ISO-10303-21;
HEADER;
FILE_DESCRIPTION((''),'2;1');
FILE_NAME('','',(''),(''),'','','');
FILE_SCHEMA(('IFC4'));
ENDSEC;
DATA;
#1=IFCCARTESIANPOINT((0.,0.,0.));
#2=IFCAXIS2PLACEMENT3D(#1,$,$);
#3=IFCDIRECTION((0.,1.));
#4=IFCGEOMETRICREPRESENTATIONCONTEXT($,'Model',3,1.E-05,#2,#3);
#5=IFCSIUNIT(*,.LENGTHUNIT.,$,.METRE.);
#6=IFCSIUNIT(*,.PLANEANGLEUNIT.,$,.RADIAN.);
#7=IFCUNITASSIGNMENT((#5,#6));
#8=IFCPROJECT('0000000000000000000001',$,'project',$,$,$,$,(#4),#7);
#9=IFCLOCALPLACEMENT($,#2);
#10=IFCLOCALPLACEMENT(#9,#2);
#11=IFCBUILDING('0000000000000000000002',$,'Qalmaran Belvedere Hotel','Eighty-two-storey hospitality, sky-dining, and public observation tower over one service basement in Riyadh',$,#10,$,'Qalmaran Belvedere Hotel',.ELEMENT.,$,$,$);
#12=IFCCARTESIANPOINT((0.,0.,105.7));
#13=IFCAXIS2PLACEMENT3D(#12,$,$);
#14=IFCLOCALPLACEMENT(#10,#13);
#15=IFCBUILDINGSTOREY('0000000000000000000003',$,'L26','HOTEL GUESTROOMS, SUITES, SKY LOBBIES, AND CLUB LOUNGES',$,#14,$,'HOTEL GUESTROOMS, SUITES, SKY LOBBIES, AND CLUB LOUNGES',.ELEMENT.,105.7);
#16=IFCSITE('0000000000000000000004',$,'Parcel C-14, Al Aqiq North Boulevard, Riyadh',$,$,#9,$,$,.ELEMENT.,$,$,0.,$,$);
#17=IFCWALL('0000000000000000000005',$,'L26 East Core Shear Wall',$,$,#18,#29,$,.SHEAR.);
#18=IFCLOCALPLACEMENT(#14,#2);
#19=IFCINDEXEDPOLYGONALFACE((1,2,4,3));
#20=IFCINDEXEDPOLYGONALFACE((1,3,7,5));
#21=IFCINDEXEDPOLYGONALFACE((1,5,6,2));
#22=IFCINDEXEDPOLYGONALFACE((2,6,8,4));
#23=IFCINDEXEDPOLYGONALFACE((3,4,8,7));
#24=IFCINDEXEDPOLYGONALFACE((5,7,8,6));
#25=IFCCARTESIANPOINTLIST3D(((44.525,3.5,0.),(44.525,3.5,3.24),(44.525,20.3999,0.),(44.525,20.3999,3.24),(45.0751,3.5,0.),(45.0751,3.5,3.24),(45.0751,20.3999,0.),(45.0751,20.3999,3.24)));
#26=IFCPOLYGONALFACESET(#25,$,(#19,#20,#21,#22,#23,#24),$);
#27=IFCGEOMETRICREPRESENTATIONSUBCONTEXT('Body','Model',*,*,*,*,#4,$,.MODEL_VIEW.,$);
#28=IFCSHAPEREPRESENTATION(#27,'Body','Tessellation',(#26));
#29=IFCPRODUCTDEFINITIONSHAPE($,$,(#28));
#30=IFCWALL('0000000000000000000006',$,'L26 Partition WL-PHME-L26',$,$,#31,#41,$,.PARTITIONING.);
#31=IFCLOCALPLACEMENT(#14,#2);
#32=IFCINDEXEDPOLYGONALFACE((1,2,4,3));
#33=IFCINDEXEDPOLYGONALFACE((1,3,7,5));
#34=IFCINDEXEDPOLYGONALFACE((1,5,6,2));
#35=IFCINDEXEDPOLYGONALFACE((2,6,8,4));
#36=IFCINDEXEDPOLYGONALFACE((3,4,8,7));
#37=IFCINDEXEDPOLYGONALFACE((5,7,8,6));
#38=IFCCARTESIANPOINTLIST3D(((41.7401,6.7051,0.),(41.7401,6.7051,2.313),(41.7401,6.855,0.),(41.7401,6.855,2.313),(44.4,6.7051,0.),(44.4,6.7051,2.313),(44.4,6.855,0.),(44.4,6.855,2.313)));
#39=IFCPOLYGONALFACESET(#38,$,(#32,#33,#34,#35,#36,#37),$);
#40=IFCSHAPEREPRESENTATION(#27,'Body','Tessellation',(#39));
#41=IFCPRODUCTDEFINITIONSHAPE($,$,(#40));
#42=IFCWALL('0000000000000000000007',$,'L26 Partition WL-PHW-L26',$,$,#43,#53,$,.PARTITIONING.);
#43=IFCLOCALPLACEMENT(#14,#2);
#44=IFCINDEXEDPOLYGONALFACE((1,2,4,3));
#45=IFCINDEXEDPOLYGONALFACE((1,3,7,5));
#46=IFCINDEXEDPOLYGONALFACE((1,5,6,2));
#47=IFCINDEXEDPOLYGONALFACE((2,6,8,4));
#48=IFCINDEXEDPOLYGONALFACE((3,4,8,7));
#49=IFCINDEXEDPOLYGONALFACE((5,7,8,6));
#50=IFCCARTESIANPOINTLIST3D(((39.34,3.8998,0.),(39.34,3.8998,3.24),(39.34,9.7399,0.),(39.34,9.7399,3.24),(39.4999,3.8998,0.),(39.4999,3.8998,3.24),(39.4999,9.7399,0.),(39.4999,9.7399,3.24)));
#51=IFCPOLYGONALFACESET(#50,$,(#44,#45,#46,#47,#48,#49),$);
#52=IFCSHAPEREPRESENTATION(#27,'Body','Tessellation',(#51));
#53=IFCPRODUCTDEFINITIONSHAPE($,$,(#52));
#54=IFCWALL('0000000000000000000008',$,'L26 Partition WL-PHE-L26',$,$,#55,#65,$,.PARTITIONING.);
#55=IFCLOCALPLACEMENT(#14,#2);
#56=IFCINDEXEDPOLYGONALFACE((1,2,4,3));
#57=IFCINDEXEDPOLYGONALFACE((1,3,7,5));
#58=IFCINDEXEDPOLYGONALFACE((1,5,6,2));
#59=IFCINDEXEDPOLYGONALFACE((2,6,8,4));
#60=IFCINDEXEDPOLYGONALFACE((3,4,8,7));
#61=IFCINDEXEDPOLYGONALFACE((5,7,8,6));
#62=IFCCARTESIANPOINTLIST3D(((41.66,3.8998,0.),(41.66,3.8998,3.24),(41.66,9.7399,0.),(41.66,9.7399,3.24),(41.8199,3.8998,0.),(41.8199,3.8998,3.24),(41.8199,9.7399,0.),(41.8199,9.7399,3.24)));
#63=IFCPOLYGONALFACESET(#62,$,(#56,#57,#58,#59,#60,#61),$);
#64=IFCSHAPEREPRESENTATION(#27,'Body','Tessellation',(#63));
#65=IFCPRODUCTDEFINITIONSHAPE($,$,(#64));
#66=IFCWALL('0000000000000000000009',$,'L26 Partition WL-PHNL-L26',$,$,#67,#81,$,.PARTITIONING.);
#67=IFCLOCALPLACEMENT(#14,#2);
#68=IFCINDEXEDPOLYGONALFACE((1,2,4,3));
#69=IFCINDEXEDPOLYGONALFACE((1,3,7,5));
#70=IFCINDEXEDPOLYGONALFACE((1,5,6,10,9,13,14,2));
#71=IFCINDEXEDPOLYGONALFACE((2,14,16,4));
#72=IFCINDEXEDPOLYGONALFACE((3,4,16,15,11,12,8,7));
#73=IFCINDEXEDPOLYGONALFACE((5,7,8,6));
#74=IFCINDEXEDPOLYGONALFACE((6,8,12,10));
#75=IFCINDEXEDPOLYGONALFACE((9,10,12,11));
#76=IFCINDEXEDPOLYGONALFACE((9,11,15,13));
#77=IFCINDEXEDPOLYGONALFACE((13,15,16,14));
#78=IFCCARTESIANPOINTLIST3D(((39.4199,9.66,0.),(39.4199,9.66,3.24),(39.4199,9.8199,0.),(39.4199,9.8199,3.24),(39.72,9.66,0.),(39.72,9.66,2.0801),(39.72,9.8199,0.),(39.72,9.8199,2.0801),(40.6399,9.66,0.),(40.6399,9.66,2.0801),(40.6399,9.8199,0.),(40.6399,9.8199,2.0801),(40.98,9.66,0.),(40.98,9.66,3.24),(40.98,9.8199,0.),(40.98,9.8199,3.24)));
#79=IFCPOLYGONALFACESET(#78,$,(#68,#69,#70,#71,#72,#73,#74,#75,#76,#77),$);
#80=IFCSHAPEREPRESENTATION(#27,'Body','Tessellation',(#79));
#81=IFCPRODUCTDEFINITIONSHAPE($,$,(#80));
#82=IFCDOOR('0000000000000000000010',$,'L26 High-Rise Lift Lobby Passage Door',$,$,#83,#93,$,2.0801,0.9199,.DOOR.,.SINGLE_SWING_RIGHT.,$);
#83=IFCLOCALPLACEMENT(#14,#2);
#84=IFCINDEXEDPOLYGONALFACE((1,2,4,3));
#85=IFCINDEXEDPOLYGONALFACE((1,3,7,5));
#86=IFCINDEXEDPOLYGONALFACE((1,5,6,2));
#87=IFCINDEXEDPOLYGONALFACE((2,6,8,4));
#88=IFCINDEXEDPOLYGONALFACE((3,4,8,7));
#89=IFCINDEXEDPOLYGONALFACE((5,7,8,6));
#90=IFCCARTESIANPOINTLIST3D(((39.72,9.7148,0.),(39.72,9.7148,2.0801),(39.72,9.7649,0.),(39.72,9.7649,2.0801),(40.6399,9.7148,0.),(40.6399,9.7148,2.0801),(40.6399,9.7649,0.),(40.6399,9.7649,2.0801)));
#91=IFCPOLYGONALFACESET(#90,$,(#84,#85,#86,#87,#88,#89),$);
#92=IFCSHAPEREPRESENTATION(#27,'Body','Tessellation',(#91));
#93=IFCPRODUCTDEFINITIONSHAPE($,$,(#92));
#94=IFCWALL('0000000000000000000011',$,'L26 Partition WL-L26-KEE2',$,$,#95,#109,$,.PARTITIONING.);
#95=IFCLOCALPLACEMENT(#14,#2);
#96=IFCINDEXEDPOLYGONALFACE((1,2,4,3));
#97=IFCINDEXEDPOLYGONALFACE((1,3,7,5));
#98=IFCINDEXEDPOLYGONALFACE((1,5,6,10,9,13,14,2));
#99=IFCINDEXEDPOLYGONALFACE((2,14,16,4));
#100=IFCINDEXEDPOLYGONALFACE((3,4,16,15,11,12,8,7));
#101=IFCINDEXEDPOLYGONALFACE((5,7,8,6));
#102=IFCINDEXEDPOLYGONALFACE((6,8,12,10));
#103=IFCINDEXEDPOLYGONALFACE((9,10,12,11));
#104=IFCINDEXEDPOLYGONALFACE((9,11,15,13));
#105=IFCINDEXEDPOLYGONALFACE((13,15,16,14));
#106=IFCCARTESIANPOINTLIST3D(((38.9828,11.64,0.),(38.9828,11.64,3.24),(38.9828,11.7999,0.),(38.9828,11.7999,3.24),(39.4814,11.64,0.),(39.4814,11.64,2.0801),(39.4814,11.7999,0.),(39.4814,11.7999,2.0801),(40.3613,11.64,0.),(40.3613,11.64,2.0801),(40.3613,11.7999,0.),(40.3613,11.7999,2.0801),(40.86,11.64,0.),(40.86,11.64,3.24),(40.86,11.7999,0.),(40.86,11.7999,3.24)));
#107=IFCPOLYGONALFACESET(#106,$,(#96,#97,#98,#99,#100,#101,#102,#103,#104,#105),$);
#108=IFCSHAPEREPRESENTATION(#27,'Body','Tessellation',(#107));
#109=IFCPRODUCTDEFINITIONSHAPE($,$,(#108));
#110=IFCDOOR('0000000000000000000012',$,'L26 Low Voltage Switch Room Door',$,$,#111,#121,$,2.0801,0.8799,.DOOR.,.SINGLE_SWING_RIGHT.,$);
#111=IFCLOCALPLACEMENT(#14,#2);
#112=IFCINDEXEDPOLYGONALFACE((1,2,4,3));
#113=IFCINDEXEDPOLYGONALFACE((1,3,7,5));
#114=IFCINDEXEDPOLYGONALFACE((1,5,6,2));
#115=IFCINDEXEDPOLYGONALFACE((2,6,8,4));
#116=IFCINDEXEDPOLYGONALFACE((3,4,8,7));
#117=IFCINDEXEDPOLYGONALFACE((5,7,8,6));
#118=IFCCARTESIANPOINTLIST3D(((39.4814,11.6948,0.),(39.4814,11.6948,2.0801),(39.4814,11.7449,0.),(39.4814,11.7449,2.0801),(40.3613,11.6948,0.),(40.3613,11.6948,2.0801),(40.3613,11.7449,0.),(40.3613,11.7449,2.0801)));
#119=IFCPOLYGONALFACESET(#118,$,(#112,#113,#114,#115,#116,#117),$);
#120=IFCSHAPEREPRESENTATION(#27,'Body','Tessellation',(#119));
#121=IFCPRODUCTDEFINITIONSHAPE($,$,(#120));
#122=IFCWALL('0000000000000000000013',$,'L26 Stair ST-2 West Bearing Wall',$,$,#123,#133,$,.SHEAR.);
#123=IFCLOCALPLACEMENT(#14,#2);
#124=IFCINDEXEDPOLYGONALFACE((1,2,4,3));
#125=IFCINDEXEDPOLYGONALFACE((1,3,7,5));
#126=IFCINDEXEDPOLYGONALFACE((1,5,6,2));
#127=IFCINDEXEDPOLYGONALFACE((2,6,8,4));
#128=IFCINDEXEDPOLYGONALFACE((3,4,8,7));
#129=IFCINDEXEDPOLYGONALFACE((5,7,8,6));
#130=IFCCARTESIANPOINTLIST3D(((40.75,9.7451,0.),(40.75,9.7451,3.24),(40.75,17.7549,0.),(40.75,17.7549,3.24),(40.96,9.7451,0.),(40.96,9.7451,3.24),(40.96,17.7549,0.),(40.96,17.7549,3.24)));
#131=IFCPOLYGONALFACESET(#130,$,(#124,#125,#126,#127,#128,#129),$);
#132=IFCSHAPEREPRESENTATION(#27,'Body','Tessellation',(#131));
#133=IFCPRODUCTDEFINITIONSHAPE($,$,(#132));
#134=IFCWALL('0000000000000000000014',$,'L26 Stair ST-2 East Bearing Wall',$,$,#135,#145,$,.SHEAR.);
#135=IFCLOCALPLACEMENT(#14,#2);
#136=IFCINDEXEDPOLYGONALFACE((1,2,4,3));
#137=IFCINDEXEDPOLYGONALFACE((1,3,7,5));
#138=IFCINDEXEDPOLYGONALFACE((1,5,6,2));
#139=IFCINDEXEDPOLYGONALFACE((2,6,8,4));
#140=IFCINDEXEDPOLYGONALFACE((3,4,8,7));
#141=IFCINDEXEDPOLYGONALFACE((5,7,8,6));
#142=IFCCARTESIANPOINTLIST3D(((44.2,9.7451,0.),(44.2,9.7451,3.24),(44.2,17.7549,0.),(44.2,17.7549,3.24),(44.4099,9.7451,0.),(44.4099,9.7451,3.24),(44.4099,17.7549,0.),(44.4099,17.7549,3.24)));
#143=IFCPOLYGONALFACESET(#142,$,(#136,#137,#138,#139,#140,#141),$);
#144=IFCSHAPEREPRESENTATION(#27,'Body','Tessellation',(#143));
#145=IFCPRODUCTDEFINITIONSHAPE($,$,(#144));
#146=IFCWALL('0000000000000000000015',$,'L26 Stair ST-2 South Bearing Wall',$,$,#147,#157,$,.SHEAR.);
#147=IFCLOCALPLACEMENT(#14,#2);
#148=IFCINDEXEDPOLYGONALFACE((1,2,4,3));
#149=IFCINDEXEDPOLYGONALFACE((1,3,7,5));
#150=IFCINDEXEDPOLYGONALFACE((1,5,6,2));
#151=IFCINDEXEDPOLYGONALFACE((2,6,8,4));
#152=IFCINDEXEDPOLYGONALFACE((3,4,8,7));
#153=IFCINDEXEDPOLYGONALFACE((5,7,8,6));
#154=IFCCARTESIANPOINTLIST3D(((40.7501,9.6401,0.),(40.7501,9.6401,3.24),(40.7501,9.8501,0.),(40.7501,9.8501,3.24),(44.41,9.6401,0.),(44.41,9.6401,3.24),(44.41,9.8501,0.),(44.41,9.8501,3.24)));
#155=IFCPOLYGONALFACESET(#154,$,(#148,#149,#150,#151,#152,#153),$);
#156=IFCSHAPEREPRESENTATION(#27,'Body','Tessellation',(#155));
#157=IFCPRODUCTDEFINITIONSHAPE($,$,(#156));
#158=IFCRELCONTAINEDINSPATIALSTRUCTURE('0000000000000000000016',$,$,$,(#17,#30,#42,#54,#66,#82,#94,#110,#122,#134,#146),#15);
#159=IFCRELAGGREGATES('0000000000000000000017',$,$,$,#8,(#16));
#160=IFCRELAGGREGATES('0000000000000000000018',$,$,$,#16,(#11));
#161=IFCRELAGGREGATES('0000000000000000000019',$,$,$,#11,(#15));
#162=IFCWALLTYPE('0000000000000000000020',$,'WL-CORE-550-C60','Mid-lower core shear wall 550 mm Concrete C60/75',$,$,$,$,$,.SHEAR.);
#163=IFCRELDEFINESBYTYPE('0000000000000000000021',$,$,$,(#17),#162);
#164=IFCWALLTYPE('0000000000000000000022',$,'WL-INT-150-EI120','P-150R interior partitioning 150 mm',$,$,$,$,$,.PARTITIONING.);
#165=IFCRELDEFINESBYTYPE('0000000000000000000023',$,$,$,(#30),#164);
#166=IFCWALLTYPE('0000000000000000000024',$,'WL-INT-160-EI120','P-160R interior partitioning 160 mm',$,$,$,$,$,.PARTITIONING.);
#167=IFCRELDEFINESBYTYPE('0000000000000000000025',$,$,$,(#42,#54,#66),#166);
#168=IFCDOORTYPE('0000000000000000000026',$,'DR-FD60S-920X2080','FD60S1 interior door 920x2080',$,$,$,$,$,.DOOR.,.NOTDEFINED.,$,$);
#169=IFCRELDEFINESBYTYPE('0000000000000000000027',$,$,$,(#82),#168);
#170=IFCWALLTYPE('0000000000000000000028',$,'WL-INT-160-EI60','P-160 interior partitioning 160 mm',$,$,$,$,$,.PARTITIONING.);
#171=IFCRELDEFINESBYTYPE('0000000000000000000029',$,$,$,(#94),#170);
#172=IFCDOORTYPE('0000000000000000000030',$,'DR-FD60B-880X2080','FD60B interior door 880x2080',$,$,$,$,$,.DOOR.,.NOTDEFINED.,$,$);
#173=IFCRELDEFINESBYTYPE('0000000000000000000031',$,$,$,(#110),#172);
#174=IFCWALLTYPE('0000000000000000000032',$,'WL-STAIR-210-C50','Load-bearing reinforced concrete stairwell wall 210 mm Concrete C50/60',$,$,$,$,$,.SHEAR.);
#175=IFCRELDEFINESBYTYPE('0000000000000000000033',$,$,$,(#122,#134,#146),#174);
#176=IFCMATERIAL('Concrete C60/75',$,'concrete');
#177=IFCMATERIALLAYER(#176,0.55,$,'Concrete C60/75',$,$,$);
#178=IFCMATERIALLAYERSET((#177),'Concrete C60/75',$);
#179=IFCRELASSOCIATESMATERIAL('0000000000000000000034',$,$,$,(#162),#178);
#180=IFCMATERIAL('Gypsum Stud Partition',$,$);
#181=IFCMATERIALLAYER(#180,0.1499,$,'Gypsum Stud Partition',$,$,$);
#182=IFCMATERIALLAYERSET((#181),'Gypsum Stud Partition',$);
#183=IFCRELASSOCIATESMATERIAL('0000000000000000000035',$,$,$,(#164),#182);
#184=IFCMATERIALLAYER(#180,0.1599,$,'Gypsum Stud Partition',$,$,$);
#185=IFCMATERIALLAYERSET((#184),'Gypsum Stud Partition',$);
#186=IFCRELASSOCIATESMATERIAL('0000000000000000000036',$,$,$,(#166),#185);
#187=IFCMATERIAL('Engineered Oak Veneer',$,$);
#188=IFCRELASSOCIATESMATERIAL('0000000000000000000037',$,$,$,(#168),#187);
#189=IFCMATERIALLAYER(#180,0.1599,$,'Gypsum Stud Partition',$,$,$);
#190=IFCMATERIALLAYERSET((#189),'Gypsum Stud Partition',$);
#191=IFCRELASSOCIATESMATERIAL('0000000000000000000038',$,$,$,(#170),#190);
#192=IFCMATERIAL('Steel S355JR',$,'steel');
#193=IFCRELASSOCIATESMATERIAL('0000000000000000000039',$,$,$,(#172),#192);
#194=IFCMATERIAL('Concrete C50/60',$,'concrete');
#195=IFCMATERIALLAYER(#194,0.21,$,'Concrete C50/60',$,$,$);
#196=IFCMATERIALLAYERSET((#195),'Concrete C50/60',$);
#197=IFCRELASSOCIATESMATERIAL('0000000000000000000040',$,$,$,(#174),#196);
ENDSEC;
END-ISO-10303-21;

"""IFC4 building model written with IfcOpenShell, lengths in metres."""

from ifc_helpers import new_model, si_unit, direction, frame, frame_2d, origin, place, context, subcontext, project, spatial, rectangle, extrude, material, layer, layer_set, type_object, element, fill, save


model = new_model("IFC4")

# Units and contexts
model_context = context("Model", 3, precision=1e-05, world=origin(), true_north=direction((0.0, 1.0)))
body_context = subcontext(model_context, "Body", "Model", "MODEL_VIEW")
ifc_project = project(units=[si_unit("LENGTHUNIT", "METRE"), si_unit("PLANEANGLEUNIT", "RADIAN")], contexts=[model_context])

# Site, building, storey
site_placement = place(None, origin())
site = spatial("IfcSite", under=ifc_project, at=site_placement, Name="Parcel C-14, Al Aqiq North Boulevard, Riyadh", CompositionType="ELEMENT", RefElevation=0.0)
building_placement = place(site_placement, origin())
building = spatial("IfcBuilding", under=site, at=building_placement, Name="Qalmaran Belvedere Hotel", Description="Eighty-two-storey hospitality, sky-dining, and public observation tower over one service basement in Riyadh", LongName="Qalmaran Belvedere Hotel", CompositionType="ELEMENT")
storey_placement = place(building_placement, frame((0.0, 0.0, 105.7)))
storey = spatial("IfcBuildingStorey", under=building, at=storey_placement, Name="L26", Description="HOTEL GUESTROOMS, SUITES, SKY LOBBIES, AND CLUB LOUNGES", LongName="HOTEL GUESTROOMS, SUITES, SKY LOBBIES, AND CLUB LOUNGES", CompositionType="ELEMENT", Elevation=105.7)

# Walls
ifc_material_1 = material(Name="Concrete C60/75", Category="concrete")
ifc_layer_1 = layer(ifc_material_1, 0.55, Name="Concrete C60/75")
ifc_layer_set_1 = layer_set([ifc_layer_1], Name="Concrete C60/75")
wall_type_1 = type_object("IfcWallType", Name="WL-CORE-550-C60", Description="Mid-lower core shear wall 550 mm Concrete C60/75", PredefinedType="SHEAR", material=ifc_layer_set_1)
wall_1_placement = place(storey_placement, frame((44.8, 3.5, 0.0), z_axis=(0.0, 0.0, 1.0), x_axis=(0.0, 1.0, 0.0)))
element("IfcWall", 1, at=wall_1_placement, inside=storey, type_object=wall_type_1, Name="L26 East Core Shear Wall", PredefinedType="SHEAR", context=body_context, shape_type="SweptSolid", body=[
    extrude(rectangle(XDim=16.8999, YDim=0.55, at=frame_2d((8.45, 0.0))), origin(), (0.0, 0.0, 1.0), 3.24),
])
ifc_material_2 = material(Name="Gypsum Stud Partition")
ifc_layer_2 = layer(ifc_material_2, 0.1499, Name="Gypsum Stud Partition")
ifc_layer_set_2 = layer_set([ifc_layer_2], Name="Gypsum Stud Partition")
wall_type_2 = type_object("IfcWallType", Name="WL-INT-150-EI120", Description="P-150R interior partitioning 150 mm", PredefinedType="PARTITIONING", material=ifc_layer_set_2)
wall_2_placement = place(storey_placement, frame((41.74, 6.78, 0.0), z_axis=(0.0, 0.0, 1.0), x_axis=(1.0, 0.0, 0.0)))
element("IfcWall", 2, at=wall_2_placement, inside=storey, type_object=wall_type_2, Name="L26 Partition WL-PHME-L26", PredefinedType="PARTITIONING", context=body_context, shape_type="SweptSolid", body=[
    extrude(rectangle(XDim=2.6599, YDim=0.1499, at=frame_2d((1.3301, 0.0))), origin(), (0.0, 0.0, 1.0), 2.313),
])
ifc_layer_3 = layer(ifc_material_2, 0.1599, Name="Gypsum Stud Partition")
ifc_layer_set_3 = layer_set([ifc_layer_3], Name="Gypsum Stud Partition")
wall_type_3 = type_object("IfcWallType", Name="WL-INT-160-EI120", Description="P-160R interior partitioning 160 mm", PredefinedType="PARTITIONING", material=ifc_layer_set_3)
for number, where, z_axis, x_axis, name in (
    (3, (39.4199, 3.8999, 0.0), (0.0, 0.0, 1.0), (0.0, 1.0, 0.0), "L26 Partition WL-PHW-L26"),
    (4, (41.74, 3.8999, 0.0), (0.0, 0.0, 1.0), (0.0, 1.0, 0.0), "L26 Partition WL-PHE-L26"),
):
    element("IfcWall", number, at=place(storey_placement, frame(where, z_axis=z_axis, x_axis=x_axis)), inside=storey, type_object=wall_type_3, Name=name, PredefinedType="PARTITIONING", context=body_context, shape_type="SweptSolid", body=[
        extrude(rectangle(XDim=5.8401, YDim=0.1599, at=frame_2d((2.9199, 0.0))), origin(), (0.0, 0.0, 1.0), 3.24),
    ])

# Walls, openings, doors
wall_3_placement = place(storey_placement, frame((39.4199, 9.74, 0.0), z_axis=(0.0, 0.0, 1.0), x_axis=(1.0, 0.0, 0.0)))
wall_3 = element("IfcWall", 5, at=wall_3_placement, inside=storey, type_object=wall_type_3, Name="L26 Partition WL-PHNL-L26", PredefinedType="PARTITIONING", context=body_context, shape_type="SweptSolid", body=[
    extrude(rectangle(XDim=1.5601, YDim=0.1599, at=frame_2d((0.78, 0.0))), origin(), (0.0, 0.0, 1.0), 3.24),
])
opening_1_placement = place(wall_3_placement, frame((0.3, 0.0, 0.0)))
opening_1 = element("IfcOpeningElement", 6, at=opening_1_placement, cuts=wall_3, PredefinedType="OPENING", context=body_context, shape_type="SweptSolid", body=[
    extrude(rectangle(XDim=0.9199, YDim=2.0801, at=frame_2d((0.46, 1.04))), frame((0.0, 0.0898, 0.0), z_axis=(0.0, -1.0, 0.0), x_axis=(1.0, 0.0, 0.0)), (0.0, 0.0, 1.0), 0.1799),
])
ifc_material_3 = material(Name="Engineered Oak Veneer")
door_type_1 = type_object("IfcDoorType", Name="DR-FD60S-920X2080", Description="FD60S1 interior door 920x2080", OperationType="NOTDEFINED", PredefinedType="DOOR", material=ifc_material_3)
door_1_placement = place(opening_1_placement, origin())
door_1 = element("IfcDoor", 7, at=door_1_placement, inside=storey, type_object=door_type_1, Name="L26 High-Rise Lift Lobby Passage Door", OperationType="SINGLE_SWING_RIGHT", OverallHeight=2.0801, OverallWidth=0.9199, PredefinedType="DOOR", context=body_context, shape_type="SweptSolid", body=[
    extrude(rectangle(XDim=0.9199, YDim=2.0801, at=frame_2d((0.46, 1.04))), frame((0.0, 0.0249, 0.0), z_axis=(0.0, -1.0, 0.0), x_axis=(1.0, 0.0, 0.0)), (0.0, 0.0, 1.0), 0.05),
])
fill(opening_1, door_1)
ifc_layer_4 = layer(ifc_material_2, 0.1599, Name="Gypsum Stud Partition")
ifc_layer_set_4 = layer_set([ifc_layer_4], Name="Gypsum Stud Partition")
wall_type_4 = type_object("IfcWallType", Name="WL-INT-160-EI60", Description="P-160 interior partitioning 160 mm", PredefinedType="PARTITIONING", material=ifc_layer_set_4)
wall_4_placement = place(storey_placement, frame((38.9829, 11.72, 0.0), z_axis=(0.0, 0.0, 1.0), x_axis=(1.0, 0.0, 0.0)))
wall_4 = element("IfcWall", 8, at=wall_4_placement, inside=storey, type_object=wall_type_4, Name="L26 Partition WL-L26-KEE2", PredefinedType="PARTITIONING", context=body_context, shape_type="SweptSolid", body=[
    extrude(rectangle(XDim=1.8772, YDim=0.1599, at=frame_2d((0.9385, 0.0))), origin(), (0.0, 0.0, 1.0), 3.24),
])
opening_2_placement = place(wall_4_placement, frame((0.4985, 0.0, 0.0)))
opening_2 = element("IfcOpeningElement", 9, at=opening_2_placement, cuts=wall_4, PredefinedType="OPENING", context=body_context, shape_type="SweptSolid", body=[
    extrude(rectangle(XDim=0.8799, YDim=2.0801, at=frame_2d((0.4399, 1.04))), frame((0.0, 0.0898, 0.0), z_axis=(0.0, -1.0, 0.0), x_axis=(1.0, 0.0, 0.0)), (0.0, 0.0, 1.0), 0.1799),
])
ifc_material_4 = material(Name="Steel S355JR", Category="steel")
door_type_2 = type_object("IfcDoorType", Name="DR-FD60B-880X2080", Description="FD60B interior door 880x2080", OperationType="NOTDEFINED", PredefinedType="DOOR", material=ifc_material_4)
door_2_placement = place(opening_2_placement, origin())
door_2 = element("IfcDoor", 10, at=door_2_placement, inside=storey, type_object=door_type_2, Name="L26 Low Voltage Switch Room Door", OperationType="SINGLE_SWING_RIGHT", OverallHeight=2.0801, OverallWidth=0.8799, PredefinedType="DOOR", context=body_context, shape_type="SweptSolid", body=[
    extrude(rectangle(XDim=0.8799, YDim=2.0801, at=frame_2d((0.4399, 1.04))), frame((0.0, 0.0249, 0.0), z_axis=(0.0, -1.0, 0.0), x_axis=(1.0, 0.0, 0.0)), (0.0, 0.0, 1.0), 0.05),
])
fill(opening_2, door_2)

# Walls
ifc_material_5 = material(Name="Concrete C50/60", Category="concrete")
ifc_layer_5 = layer(ifc_material_5, 0.21, Name="Concrete C50/60")
ifc_layer_set_5 = layer_set([ifc_layer_5], Name="Concrete C50/60")
wall_type_5 = type_object("IfcWallType", Name="WL-STAIR-210-C50", Description="Load-bearing reinforced concrete stairwell wall 210 mm Concrete C50/60", PredefinedType="SHEAR", material=ifc_layer_set_5)
for number, where, z_axis, x_axis, name in (
    (11, (40.855, 9.7451, 0.0), (0.0, 0.0, 1.0), (0.0, 1.0, 0.0), "L26 Stair ST-2 West Bearing Wall"),
    (12, (44.3049, 9.7451, 0.0), (0.0, 0.0, 1.0), (0.0, 1.0, 0.0), "L26 Stair ST-2 East Bearing Wall"),
):
    element("IfcWall", number, at=place(storey_placement, frame(where, z_axis=z_axis, x_axis=x_axis)), inside=storey, type_object=wall_type_5, Name=name, PredefinedType="SHEAR", context=body_context, shape_type="SweptSolid", body=[
        extrude(rectangle(XDim=8.0098, YDim=0.21, at=frame_2d((4.0049, 0.0))), origin(), (0.0, 0.0, 1.0), 3.24),
    ])
wall_5_placement = place(storey_placement, frame((40.75, 9.7451, 0.0), z_axis=(0.0, 0.0, 1.0), x_axis=(1.0, 0.0, 0.0)))
element("IfcWall", 13, at=wall_5_placement, inside=storey, type_object=wall_type_5, Name="L26 Stair ST-2 South Bearing Wall", PredefinedType="SHEAR", context=body_context, shape_type="SweptSolid", body=[
    extrude(rectangle(XDim=3.6599, YDim=0.21, at=frame_2d((1.8301, 0.0))), origin(), (0.0, 0.0, 1.0), 3.24),
])

save(model, "model.ifc")
